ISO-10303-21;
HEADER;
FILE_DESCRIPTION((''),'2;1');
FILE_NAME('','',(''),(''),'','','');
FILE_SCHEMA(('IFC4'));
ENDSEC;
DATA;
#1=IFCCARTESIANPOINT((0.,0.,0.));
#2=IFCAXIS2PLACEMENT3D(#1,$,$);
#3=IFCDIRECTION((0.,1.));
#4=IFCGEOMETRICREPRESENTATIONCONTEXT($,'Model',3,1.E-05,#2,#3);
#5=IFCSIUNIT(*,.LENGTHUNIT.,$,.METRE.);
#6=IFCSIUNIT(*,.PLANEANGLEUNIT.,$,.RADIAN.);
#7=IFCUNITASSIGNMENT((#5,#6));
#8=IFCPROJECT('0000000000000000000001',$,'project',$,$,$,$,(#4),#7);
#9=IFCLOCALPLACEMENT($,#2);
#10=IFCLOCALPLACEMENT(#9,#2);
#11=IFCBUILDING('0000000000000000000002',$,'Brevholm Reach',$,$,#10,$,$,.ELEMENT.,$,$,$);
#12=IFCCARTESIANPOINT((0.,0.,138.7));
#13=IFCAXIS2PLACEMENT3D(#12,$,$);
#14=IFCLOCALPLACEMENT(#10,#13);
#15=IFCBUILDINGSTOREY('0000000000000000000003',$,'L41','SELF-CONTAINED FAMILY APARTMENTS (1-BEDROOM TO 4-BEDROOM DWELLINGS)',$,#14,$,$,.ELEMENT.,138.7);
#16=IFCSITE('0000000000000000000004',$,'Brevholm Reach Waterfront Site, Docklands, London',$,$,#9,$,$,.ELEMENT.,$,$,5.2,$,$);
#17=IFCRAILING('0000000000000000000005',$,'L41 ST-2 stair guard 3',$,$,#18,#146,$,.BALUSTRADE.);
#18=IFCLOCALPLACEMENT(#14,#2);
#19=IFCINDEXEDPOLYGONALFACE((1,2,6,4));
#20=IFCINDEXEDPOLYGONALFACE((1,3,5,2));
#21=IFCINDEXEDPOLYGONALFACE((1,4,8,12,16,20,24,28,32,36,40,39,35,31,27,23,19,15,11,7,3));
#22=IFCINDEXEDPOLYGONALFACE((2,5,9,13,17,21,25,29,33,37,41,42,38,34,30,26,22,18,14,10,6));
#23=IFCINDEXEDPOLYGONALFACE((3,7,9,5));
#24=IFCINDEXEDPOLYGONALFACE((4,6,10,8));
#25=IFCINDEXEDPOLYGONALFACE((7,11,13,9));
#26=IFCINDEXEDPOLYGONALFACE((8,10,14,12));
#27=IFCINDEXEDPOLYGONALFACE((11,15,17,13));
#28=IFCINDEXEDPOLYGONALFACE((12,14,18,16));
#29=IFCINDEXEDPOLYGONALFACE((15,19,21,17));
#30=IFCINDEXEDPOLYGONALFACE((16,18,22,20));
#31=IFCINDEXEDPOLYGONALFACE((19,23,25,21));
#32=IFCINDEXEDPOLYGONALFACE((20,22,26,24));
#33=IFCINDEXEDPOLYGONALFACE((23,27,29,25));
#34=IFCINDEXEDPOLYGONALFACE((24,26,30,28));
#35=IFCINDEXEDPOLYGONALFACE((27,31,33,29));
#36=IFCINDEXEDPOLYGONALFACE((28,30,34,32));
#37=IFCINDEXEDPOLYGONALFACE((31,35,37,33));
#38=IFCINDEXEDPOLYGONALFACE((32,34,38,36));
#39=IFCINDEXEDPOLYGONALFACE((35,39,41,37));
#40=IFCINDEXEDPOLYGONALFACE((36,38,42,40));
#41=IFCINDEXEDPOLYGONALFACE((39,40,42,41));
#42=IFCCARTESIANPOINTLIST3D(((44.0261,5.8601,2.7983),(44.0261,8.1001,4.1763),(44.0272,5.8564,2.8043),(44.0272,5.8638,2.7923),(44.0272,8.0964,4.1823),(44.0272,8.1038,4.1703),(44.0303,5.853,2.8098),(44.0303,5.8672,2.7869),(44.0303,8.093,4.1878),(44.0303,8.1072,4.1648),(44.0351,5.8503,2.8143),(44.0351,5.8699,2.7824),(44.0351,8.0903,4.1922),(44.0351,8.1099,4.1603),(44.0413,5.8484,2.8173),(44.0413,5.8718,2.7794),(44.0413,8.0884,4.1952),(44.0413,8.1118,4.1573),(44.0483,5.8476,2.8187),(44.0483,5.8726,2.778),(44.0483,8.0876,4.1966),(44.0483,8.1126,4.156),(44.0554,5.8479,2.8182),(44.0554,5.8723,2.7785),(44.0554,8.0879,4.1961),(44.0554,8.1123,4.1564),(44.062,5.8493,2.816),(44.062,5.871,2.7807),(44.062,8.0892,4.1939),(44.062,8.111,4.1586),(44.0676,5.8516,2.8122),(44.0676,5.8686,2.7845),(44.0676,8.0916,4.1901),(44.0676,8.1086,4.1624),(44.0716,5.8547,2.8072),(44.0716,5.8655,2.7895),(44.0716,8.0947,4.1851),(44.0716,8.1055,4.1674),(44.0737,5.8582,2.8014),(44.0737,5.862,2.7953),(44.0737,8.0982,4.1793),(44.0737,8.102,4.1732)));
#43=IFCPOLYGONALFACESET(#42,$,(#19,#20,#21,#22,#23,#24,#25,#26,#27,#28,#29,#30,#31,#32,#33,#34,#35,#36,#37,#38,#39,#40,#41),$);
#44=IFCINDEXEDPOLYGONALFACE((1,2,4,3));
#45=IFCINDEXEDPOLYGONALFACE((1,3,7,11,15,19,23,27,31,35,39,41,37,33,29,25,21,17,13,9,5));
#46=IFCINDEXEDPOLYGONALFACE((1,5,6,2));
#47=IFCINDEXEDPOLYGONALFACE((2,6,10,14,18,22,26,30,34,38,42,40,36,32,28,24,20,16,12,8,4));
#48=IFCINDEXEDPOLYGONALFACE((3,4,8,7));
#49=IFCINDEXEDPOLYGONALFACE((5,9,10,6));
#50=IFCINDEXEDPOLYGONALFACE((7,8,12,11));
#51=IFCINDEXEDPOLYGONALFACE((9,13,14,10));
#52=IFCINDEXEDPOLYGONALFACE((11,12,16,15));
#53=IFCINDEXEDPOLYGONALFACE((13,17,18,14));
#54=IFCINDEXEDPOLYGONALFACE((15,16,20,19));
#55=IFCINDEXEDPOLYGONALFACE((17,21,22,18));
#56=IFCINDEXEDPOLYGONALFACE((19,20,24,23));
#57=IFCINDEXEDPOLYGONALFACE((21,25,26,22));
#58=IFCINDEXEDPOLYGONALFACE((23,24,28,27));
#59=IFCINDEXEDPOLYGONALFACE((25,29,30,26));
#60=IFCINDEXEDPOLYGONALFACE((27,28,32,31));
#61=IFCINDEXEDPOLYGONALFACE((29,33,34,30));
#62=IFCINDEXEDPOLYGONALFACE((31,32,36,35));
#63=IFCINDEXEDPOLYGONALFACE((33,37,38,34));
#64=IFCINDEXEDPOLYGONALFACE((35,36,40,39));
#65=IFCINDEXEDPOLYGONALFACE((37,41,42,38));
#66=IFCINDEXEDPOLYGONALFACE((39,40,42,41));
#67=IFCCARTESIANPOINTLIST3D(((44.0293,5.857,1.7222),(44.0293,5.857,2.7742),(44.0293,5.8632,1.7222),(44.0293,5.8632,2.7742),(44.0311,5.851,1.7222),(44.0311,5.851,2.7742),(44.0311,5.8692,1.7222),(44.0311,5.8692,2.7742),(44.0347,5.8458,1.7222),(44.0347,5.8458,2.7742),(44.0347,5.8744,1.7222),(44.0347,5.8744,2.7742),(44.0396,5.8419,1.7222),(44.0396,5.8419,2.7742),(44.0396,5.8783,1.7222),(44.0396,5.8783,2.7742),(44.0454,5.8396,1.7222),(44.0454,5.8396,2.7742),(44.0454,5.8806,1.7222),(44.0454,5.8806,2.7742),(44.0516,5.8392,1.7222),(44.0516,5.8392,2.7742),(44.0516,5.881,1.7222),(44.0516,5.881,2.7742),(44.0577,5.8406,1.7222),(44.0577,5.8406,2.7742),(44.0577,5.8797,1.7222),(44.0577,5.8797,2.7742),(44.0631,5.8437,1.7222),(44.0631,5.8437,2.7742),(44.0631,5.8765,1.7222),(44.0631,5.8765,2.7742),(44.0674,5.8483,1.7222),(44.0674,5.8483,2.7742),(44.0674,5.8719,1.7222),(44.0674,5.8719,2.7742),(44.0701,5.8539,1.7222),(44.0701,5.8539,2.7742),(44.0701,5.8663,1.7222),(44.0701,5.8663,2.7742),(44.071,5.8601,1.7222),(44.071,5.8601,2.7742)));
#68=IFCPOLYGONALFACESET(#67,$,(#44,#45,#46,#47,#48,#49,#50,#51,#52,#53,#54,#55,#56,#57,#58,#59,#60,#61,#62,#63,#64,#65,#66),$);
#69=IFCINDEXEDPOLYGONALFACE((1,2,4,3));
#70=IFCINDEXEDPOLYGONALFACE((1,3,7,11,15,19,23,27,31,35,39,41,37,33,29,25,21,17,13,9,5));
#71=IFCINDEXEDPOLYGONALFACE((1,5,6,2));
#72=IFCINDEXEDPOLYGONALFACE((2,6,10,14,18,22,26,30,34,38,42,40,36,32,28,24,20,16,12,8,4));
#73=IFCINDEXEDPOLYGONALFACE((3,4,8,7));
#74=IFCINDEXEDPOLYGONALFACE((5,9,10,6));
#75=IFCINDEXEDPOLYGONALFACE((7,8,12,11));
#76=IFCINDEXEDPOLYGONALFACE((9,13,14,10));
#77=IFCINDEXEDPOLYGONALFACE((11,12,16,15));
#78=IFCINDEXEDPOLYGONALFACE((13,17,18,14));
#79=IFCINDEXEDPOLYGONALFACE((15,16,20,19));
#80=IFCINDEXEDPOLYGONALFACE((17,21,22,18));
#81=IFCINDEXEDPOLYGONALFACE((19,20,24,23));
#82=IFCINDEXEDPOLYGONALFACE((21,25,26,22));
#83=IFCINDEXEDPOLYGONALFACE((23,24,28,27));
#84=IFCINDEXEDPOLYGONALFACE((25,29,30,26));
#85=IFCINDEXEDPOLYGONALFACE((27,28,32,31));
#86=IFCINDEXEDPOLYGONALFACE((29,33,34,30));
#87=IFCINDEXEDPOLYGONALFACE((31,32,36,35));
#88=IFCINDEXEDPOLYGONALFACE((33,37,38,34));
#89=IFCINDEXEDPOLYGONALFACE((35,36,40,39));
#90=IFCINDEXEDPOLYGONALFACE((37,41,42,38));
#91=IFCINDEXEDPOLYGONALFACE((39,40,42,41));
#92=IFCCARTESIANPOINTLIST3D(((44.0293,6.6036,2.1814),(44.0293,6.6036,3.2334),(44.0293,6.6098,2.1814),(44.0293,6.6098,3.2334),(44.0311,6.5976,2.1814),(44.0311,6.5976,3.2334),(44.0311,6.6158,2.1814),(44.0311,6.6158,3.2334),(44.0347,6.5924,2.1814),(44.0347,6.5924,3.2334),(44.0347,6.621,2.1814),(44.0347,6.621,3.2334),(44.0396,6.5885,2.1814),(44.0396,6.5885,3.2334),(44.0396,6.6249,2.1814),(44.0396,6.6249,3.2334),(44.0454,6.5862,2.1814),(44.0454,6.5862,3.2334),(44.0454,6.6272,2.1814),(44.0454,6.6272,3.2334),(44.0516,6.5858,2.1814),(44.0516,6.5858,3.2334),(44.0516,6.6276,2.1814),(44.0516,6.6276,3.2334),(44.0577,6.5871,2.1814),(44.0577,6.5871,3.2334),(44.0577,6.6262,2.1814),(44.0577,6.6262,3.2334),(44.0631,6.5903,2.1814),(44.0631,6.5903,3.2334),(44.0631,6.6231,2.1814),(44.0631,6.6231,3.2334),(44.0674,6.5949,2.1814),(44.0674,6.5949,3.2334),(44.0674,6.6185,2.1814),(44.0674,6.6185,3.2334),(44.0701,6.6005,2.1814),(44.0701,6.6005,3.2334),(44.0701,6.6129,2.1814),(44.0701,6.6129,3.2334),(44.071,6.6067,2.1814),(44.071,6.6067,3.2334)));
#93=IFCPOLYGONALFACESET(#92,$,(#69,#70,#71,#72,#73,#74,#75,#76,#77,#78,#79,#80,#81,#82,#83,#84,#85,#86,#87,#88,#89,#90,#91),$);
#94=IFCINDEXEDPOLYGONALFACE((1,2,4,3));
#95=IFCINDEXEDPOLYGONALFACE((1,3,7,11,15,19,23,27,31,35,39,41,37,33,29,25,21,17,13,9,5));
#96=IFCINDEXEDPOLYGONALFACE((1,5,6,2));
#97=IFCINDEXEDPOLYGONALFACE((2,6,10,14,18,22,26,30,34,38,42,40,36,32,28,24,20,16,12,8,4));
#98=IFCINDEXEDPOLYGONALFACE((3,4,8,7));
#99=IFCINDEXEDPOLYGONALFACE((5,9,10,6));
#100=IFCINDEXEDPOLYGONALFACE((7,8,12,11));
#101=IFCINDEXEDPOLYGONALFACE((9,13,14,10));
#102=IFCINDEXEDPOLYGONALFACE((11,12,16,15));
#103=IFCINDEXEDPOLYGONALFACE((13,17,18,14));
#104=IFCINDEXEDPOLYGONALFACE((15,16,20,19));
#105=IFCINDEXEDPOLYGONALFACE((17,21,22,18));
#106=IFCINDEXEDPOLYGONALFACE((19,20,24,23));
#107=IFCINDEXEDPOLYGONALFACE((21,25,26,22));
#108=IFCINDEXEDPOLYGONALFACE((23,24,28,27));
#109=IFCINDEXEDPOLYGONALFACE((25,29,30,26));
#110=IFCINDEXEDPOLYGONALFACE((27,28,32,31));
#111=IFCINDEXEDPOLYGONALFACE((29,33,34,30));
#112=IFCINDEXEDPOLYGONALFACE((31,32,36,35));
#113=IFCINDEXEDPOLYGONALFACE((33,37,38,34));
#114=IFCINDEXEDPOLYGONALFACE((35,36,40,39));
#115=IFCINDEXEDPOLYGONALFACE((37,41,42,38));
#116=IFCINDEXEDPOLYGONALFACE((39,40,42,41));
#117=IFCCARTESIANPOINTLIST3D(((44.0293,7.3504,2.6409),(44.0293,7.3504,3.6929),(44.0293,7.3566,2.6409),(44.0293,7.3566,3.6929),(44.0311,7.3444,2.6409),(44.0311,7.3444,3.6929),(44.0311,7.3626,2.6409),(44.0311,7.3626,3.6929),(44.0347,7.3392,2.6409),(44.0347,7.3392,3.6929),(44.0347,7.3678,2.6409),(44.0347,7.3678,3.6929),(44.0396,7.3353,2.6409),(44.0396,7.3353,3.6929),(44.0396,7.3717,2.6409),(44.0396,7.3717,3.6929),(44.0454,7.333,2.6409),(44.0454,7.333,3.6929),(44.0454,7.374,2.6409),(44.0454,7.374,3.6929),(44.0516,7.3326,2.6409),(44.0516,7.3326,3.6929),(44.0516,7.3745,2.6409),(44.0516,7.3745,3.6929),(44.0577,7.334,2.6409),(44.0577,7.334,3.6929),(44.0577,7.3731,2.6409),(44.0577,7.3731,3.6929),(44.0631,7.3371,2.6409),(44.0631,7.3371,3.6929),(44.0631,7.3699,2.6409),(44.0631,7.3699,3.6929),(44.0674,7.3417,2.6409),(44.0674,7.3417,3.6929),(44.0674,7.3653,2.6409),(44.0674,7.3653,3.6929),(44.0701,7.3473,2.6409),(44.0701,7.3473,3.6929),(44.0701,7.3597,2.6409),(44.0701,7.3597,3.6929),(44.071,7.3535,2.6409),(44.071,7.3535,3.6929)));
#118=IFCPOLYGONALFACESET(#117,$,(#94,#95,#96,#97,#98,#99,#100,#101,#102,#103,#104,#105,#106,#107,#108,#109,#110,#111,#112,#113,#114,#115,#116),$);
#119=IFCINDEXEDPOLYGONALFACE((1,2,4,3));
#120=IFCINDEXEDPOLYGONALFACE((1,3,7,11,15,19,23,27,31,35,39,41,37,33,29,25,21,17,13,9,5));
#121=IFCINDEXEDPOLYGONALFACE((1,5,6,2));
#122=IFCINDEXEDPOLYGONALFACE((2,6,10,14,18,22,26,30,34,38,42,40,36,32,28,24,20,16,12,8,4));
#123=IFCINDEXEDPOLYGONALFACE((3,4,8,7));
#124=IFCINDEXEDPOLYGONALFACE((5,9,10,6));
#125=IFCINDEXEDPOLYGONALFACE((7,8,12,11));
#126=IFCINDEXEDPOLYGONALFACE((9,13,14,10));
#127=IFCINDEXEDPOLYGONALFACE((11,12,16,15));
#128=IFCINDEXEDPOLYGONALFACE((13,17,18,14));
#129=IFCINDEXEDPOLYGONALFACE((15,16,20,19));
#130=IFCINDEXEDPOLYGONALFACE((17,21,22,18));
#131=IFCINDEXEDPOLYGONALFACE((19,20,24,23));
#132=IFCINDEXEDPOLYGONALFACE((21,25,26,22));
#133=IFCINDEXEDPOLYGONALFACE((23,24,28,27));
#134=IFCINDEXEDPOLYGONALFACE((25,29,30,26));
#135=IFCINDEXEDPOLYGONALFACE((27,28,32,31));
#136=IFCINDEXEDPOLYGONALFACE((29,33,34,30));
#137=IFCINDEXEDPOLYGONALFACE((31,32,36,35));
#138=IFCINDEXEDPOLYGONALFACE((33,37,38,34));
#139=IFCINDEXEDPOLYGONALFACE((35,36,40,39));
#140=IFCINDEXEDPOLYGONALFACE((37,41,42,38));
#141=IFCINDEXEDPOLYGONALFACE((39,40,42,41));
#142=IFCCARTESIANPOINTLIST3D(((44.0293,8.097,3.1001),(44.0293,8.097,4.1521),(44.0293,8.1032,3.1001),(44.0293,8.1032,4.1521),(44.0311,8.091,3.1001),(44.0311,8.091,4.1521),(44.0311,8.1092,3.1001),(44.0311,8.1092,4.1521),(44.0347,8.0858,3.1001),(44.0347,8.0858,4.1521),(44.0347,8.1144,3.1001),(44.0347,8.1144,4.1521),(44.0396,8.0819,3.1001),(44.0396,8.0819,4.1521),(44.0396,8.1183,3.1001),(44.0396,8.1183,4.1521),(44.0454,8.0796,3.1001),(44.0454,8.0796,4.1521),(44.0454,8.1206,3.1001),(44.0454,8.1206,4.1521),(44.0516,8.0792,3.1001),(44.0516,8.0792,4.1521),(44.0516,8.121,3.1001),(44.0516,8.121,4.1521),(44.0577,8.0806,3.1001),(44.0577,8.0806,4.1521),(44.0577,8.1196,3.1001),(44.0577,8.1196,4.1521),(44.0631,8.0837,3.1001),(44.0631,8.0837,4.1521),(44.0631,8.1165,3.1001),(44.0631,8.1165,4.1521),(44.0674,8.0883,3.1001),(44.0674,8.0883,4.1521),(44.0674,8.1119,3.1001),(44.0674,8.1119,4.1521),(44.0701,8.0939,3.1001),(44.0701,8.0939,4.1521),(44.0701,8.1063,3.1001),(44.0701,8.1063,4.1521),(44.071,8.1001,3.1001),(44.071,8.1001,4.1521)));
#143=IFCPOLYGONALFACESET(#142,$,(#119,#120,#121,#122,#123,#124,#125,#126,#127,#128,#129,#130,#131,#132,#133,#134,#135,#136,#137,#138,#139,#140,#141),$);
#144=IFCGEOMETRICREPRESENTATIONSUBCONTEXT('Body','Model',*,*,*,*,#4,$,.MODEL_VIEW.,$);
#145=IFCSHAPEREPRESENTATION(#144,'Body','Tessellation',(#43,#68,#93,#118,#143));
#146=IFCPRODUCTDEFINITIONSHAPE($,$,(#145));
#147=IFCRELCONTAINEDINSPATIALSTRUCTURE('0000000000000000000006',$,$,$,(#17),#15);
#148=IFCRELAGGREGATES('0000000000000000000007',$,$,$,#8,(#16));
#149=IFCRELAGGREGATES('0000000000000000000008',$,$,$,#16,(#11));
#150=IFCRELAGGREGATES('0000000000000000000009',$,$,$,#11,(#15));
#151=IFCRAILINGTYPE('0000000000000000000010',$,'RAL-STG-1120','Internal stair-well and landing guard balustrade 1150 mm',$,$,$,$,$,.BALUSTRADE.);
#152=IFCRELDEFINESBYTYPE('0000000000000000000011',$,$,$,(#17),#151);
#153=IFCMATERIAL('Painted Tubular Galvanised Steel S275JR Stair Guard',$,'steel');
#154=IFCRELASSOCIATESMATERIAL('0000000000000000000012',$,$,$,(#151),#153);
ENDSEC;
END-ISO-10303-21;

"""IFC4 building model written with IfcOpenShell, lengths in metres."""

from ifc_helpers import new_model, si_unit, direction, frame, origin, origin_2d, place, context, subcontext, project, spatial, circle, extrude, material, type_object, element, save


model = new_model("IFC4")

# Units and contexts
model_context = context("Model", 3, precision=1e-05, world=origin(), true_north=direction((0.0, 1.0)))
body_context = subcontext(model_context, "Body", "Model", "MODEL_VIEW")
ifc_project = project(units=[si_unit("LENGTHUNIT", "METRE"), si_unit("PLANEANGLEUNIT", "RADIAN")], contexts=[model_context])

# Site, building, storey
site_placement = place(None, origin())
site = spatial("IfcSite", under=ifc_project, at=site_placement, Name="Brevholm Reach Waterfront Site, Docklands, London", CompositionType="ELEMENT", RefElevation=5.2)
building_placement = place(site_placement, origin())
building = spatial("IfcBuilding", under=site, at=building_placement, Name="Brevholm Reach", CompositionType="ELEMENT")
storey_placement = place(building_placement, frame((0.0, 0.0, 138.7)))
storey = spatial("IfcBuildingStorey", under=building, at=storey_placement, Name="L41", Description="SELF-CONTAINED FAMILY APARTMENTS (1-BEDROOM TO 4-BEDROOM DWELLINGS)", CompositionType="ELEMENT", Elevation=138.7)

# Railing
ifc_material_1 = material(Name="Painted Tubular Galvanised Steel S275JR Stair Guard", Category="steel")
railing_type_1 = type_object("IfcRailingType", Name="RAL-STG-1120", Description="Internal stair-well and landing guard balustrade 1150 mm", PredefinedType="BALUSTRADE", material=ifc_material_1)
railing_1_placement = place(storey_placement, frame((44.05, 5.8601, 1.7222)))
element("IfcRailing", 1, at=railing_1_placement, inside=storey, type_object=railing_type_1, Name="L41 ST-2 stair guard 3", PredefinedType="BALUSTRADE", context=body_context, shape_type="SweptSolid", body=[
    extrude(circle(Radius=0.0239, at=origin_2d()), frame((0.0, 0.0, 1.0762), z_axis=(0.0, 0.851748, 0.523952), x_axis=(-1.0, 0.0, 0.0)), (0.0, 0.0, 1.0), 2.6299),
    extrude(circle(Radius=0.021, at=origin_2d()), origin(), (0.0, 0.0, 1.0), 1.052),
    extrude(circle(Radius=0.021, at=origin_2d()), frame((0.0, 0.7466, 0.4592)), (0.0, 0.0, 1.0), 1.052),
    extrude(circle(Radius=0.021, at=origin_2d()), frame((0.0, 1.4934, 0.9187)), (0.0, 0.0, 1.0), 1.052),
    extrude(circle(Radius=0.021, at=origin_2d()), frame((0.0, 2.24, 1.3779)), (0.0, 0.0, 1.0), 1.052),
])

save(model, "model.ifc")
